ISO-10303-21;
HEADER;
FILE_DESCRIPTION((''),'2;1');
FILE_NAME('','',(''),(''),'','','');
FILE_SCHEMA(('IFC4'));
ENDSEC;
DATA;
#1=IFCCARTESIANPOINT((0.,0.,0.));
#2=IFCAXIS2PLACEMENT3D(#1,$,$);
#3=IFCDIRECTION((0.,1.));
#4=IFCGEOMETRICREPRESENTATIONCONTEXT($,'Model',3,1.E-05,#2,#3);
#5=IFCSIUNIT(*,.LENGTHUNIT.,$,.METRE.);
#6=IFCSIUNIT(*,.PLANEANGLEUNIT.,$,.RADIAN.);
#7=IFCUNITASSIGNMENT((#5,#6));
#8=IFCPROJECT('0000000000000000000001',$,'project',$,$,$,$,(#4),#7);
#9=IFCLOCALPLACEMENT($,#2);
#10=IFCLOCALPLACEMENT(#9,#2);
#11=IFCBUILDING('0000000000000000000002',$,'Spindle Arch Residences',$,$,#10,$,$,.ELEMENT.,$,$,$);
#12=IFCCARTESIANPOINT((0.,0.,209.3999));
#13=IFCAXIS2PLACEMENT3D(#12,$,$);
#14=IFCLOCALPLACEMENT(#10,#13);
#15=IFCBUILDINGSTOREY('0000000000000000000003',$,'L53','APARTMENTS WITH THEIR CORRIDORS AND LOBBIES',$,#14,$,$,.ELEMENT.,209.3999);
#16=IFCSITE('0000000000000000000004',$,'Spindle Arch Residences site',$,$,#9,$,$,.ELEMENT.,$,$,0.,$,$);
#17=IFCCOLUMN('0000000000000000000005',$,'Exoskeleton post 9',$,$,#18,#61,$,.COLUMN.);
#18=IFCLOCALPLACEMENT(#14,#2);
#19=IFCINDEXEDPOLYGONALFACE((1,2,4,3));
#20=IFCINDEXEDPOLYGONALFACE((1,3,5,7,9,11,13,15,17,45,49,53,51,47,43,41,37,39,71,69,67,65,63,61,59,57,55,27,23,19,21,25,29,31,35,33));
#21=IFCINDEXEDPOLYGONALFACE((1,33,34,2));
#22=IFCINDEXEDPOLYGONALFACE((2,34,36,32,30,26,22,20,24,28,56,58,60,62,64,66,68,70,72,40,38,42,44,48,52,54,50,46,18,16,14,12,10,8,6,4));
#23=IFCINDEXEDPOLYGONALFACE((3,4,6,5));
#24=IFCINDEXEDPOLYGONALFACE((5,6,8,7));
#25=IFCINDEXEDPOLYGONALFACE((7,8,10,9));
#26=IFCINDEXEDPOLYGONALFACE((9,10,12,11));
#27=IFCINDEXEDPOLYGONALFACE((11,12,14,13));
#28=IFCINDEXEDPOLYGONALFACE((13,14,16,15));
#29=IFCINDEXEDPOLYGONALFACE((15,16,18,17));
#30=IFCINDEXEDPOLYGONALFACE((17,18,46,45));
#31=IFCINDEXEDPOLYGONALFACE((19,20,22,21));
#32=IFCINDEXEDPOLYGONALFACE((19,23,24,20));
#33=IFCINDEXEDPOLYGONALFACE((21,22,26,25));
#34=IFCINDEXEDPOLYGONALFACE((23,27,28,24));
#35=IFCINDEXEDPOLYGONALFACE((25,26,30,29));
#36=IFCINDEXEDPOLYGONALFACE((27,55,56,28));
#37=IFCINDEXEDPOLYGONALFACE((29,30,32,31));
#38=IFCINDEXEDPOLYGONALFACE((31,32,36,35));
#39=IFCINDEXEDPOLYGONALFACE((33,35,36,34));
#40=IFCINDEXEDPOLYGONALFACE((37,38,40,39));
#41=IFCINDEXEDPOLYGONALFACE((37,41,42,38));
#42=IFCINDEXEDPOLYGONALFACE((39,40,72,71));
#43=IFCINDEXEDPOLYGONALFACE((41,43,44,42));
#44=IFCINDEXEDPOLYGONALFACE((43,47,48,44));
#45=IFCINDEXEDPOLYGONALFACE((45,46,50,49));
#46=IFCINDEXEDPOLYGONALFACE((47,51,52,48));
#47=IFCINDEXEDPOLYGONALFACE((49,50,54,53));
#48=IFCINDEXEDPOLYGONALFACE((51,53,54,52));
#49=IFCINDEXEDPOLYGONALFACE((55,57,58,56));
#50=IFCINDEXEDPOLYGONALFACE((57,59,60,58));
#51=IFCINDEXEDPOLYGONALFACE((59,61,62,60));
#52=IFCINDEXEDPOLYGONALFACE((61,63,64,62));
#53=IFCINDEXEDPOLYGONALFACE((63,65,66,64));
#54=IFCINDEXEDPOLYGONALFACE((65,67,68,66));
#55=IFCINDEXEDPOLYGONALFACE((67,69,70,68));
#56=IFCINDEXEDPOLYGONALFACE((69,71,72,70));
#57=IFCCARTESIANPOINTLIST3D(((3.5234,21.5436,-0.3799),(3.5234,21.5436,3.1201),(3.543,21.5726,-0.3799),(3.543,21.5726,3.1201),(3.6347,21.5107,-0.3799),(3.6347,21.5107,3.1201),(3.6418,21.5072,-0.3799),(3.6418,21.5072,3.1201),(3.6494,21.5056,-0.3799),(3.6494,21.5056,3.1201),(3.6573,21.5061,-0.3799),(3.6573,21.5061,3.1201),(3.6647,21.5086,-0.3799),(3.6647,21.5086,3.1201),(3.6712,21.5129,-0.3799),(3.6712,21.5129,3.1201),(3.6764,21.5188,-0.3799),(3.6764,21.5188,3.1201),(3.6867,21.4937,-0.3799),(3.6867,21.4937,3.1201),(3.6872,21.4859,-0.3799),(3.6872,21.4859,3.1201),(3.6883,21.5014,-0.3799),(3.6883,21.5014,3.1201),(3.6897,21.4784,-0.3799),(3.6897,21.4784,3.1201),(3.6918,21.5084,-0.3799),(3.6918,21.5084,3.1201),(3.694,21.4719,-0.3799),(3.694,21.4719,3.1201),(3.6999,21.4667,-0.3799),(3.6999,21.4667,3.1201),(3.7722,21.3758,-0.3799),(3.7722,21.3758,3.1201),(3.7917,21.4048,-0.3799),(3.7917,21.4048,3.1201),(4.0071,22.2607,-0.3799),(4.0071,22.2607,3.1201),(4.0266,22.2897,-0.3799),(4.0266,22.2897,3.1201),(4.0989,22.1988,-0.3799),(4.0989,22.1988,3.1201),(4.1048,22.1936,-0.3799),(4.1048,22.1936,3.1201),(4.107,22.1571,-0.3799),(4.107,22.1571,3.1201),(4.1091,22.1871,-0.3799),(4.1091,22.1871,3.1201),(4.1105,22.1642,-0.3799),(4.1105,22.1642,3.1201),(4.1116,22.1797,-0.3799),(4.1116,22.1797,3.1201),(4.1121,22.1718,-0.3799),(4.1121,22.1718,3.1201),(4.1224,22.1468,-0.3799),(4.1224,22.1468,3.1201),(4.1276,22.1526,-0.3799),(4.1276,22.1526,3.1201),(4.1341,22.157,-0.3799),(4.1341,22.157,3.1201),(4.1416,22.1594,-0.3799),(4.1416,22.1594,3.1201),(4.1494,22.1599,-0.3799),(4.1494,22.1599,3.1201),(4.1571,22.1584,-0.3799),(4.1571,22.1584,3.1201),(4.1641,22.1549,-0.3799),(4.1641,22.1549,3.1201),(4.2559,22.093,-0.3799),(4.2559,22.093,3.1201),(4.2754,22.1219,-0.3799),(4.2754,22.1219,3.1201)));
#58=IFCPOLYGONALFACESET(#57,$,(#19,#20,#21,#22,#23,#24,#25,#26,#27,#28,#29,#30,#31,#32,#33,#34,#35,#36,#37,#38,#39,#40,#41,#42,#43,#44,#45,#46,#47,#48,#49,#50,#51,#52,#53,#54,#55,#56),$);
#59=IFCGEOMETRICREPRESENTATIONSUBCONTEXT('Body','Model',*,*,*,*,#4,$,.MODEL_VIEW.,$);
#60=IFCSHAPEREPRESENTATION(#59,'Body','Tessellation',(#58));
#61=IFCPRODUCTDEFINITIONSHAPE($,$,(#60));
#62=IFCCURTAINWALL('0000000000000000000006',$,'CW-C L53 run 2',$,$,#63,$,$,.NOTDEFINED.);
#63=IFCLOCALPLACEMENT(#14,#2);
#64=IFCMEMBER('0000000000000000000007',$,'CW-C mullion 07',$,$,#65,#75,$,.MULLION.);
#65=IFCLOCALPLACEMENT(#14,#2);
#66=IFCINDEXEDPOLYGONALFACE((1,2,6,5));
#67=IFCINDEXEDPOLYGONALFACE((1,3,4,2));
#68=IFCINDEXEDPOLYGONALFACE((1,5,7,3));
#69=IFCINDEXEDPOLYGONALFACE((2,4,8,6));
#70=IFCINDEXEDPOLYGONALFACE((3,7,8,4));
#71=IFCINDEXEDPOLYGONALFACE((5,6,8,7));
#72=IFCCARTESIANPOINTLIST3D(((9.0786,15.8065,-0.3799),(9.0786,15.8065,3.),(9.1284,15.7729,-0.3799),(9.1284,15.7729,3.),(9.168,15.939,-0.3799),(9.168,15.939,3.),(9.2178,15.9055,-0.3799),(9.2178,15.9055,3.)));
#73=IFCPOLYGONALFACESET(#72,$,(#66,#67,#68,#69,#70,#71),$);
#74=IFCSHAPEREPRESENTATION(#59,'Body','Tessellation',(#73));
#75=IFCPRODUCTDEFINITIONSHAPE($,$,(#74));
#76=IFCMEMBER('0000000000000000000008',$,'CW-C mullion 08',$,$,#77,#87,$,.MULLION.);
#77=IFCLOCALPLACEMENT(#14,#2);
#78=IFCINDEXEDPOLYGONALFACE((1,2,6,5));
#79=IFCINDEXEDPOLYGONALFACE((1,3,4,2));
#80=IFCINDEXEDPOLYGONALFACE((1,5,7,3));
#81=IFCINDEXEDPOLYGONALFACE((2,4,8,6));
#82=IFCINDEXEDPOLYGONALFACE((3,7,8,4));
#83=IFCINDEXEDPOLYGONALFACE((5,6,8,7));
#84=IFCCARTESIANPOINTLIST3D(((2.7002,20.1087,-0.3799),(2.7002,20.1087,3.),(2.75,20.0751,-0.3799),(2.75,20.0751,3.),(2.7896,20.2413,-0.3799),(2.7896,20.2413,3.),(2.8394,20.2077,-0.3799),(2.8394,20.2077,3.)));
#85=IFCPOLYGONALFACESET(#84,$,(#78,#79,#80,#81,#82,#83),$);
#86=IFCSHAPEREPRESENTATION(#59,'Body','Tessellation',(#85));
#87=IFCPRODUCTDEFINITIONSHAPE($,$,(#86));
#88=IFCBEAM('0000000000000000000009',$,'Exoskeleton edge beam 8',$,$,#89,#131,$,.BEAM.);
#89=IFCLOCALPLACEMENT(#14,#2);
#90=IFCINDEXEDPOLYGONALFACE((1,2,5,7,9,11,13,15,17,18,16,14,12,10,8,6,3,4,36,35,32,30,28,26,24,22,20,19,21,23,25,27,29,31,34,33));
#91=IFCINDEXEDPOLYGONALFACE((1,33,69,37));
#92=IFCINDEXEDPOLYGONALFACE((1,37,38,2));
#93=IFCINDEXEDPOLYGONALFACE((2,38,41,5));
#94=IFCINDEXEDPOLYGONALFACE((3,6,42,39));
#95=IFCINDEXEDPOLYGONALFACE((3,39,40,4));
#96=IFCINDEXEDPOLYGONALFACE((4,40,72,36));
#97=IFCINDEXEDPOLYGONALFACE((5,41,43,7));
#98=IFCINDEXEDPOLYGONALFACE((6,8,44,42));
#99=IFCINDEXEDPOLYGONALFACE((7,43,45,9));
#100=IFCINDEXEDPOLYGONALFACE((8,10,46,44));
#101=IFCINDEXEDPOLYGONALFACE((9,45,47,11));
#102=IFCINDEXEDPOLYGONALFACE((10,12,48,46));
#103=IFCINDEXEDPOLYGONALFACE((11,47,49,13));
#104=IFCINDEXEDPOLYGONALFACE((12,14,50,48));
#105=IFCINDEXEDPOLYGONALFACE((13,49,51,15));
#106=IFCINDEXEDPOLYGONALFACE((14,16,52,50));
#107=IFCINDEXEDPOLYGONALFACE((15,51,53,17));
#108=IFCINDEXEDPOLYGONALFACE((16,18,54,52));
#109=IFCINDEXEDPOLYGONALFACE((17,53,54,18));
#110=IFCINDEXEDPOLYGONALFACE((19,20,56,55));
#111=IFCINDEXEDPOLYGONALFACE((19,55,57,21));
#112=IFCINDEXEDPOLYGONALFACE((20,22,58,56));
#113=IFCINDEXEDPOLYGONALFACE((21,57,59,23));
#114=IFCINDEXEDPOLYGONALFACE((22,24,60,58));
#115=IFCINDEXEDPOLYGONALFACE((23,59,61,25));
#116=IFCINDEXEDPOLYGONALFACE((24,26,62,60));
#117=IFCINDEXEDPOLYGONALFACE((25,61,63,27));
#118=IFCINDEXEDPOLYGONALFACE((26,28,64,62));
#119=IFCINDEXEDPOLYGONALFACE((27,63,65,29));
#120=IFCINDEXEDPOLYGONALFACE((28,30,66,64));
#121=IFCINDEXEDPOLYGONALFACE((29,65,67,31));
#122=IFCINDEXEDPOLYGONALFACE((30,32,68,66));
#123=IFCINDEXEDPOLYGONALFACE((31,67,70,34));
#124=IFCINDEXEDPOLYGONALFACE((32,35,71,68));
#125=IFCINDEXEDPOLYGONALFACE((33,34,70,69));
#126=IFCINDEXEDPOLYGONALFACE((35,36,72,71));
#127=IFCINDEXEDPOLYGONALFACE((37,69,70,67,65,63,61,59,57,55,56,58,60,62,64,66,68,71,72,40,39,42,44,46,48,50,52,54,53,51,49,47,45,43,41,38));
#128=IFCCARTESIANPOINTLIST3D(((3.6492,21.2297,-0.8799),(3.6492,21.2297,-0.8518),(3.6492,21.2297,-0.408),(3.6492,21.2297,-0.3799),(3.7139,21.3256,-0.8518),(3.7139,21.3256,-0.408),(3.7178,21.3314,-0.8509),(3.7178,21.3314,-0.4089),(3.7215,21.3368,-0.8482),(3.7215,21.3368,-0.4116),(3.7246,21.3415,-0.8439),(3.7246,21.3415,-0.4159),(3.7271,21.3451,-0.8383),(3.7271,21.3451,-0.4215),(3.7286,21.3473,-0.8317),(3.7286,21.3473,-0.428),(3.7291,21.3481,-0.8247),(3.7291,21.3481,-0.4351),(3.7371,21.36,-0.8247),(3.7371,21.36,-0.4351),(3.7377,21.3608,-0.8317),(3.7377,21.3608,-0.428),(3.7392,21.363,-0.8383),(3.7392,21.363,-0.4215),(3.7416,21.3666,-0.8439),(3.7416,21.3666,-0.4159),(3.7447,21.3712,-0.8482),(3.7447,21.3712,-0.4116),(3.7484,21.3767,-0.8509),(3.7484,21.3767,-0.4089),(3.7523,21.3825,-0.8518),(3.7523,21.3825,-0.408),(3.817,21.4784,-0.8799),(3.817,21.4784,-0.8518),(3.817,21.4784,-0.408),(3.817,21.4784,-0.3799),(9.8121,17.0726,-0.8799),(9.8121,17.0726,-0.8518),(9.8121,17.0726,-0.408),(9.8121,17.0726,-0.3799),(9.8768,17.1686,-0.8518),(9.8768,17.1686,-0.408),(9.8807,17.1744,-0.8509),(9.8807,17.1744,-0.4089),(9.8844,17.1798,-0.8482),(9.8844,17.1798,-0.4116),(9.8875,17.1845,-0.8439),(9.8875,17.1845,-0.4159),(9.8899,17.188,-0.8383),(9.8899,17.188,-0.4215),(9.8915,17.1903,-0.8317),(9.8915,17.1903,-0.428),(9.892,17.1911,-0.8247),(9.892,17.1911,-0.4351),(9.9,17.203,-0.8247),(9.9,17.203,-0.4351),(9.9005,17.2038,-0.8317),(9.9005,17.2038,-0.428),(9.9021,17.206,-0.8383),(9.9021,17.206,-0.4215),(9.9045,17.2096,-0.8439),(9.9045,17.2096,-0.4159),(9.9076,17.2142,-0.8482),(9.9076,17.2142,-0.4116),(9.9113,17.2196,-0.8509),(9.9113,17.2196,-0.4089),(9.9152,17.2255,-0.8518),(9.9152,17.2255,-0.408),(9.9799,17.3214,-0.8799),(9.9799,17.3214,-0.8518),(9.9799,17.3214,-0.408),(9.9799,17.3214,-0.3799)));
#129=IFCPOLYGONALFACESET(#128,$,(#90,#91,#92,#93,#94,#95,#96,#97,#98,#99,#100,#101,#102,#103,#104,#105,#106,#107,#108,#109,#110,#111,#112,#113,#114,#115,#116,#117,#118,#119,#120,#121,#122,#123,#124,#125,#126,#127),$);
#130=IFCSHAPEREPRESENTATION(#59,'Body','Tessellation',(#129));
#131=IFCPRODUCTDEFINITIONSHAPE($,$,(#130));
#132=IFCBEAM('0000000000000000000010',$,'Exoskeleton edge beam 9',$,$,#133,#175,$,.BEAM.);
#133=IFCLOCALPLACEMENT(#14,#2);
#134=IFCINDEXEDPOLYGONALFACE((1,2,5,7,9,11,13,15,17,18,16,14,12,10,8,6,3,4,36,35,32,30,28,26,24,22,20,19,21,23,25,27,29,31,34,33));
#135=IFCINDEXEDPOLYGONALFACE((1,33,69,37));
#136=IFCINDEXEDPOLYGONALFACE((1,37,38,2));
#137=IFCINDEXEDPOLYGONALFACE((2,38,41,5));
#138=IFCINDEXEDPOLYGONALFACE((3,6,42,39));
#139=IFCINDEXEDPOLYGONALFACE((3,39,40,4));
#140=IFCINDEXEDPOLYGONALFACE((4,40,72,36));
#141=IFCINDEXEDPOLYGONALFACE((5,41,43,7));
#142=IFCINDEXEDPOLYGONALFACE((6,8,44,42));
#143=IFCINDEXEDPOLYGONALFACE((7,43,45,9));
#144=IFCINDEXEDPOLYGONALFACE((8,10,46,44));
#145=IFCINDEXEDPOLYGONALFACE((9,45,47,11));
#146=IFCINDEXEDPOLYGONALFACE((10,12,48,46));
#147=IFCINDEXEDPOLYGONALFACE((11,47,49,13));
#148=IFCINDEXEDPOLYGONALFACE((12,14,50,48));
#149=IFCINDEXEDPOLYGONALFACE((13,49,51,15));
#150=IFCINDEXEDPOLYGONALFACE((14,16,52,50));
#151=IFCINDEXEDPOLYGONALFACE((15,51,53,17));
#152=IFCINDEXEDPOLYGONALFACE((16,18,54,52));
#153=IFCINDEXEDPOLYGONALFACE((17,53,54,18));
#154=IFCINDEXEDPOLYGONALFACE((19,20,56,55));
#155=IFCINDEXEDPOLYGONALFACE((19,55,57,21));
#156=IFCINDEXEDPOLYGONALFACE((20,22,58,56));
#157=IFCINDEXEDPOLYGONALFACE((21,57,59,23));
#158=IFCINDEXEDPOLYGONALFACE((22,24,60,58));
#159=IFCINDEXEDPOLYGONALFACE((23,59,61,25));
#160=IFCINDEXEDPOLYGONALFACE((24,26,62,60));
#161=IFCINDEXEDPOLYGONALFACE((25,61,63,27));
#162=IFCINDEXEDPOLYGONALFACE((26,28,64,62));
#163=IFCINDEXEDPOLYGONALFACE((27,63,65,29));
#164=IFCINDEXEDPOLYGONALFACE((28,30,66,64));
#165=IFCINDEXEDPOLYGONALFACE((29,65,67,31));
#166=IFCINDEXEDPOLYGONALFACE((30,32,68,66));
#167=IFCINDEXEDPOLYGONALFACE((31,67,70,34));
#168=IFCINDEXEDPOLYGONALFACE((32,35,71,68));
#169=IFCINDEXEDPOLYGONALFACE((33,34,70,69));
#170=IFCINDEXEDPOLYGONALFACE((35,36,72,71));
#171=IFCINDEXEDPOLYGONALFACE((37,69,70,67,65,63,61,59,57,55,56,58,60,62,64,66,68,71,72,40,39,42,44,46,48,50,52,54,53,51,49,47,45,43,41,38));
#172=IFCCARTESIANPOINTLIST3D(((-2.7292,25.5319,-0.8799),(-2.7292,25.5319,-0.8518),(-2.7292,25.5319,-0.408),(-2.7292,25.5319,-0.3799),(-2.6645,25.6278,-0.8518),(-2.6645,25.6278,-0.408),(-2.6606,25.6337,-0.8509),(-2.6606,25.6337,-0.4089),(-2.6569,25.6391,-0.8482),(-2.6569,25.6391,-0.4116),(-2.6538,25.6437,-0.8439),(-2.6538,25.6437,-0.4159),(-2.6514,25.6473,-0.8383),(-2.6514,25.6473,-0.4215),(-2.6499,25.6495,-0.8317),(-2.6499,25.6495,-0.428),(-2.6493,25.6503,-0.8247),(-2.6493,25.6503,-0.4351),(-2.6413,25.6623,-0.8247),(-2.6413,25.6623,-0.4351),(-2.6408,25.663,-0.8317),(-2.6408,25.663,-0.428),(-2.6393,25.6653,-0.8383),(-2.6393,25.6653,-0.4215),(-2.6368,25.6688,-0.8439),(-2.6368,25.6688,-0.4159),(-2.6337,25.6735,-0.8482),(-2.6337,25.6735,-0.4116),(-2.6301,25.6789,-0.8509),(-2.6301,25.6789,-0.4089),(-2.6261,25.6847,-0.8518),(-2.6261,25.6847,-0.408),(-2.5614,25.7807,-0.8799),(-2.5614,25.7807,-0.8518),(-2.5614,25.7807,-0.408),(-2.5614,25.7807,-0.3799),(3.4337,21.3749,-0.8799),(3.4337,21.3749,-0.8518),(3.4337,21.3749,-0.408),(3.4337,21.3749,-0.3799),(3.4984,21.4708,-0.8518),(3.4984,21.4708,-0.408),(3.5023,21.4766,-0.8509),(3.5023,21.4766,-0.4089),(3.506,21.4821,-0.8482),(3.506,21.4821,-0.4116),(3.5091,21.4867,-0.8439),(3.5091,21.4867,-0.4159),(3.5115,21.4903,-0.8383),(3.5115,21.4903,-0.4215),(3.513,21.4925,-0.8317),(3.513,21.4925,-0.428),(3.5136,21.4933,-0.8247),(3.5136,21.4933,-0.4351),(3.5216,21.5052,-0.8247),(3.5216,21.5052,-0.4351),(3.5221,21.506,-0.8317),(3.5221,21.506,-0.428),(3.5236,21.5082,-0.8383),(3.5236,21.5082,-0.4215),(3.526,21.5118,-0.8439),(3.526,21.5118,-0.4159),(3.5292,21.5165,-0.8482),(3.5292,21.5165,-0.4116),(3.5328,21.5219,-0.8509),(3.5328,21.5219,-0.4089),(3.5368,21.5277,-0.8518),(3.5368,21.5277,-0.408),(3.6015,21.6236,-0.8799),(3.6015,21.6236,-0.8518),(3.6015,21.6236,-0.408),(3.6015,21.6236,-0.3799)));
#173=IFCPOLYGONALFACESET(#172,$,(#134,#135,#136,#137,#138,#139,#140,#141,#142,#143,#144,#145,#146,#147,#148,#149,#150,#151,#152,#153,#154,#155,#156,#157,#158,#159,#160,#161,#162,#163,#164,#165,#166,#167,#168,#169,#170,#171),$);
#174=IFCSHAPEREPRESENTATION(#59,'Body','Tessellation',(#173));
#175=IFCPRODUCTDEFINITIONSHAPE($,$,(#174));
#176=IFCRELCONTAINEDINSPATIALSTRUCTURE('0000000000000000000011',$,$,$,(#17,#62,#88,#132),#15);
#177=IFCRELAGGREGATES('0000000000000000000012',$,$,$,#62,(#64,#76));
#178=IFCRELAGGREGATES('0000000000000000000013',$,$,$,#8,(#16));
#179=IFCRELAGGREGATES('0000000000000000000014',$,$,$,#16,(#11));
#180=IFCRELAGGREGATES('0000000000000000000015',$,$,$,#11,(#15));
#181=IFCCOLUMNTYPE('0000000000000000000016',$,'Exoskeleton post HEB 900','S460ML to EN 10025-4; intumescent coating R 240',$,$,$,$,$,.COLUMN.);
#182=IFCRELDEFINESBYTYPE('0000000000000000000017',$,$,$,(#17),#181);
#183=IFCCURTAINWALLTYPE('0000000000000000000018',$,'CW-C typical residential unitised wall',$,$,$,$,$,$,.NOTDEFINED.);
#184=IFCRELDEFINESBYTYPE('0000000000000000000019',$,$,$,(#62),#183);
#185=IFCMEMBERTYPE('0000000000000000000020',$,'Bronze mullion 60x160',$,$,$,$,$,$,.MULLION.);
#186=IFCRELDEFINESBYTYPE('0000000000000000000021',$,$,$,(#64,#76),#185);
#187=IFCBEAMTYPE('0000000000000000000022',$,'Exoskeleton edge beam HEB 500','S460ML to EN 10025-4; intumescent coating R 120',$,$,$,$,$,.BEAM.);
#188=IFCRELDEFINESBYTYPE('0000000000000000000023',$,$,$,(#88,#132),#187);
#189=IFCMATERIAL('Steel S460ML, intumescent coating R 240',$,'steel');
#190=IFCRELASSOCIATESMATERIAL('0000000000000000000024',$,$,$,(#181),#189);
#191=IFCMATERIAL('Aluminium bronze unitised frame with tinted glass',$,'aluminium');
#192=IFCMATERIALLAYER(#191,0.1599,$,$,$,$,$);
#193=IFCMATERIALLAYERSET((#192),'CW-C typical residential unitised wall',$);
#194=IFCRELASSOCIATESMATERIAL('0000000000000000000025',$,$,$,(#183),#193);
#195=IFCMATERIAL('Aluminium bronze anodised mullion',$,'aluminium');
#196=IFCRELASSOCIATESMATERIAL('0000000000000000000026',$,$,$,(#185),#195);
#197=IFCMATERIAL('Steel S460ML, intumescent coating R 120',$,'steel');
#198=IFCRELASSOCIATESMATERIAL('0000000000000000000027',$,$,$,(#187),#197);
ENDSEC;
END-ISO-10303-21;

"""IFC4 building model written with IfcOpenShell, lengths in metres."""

from ifc_helpers import new_model, si_unit, direction, frame, origin, origin_2d, place, context, subcontext, project, spatial, rectangle, i_section, extrude, material, layer, layer_set, material_profile, profile_set, type_object, element, aggregate, save


model = new_model("IFC4")

# Units and contexts
model_context = context("Model", 3, precision=1e-05, world=origin(), true_north=direction((0.0, 1.0)))
body_context = subcontext(model_context, "Body", "Model", "MODEL_VIEW")
ifc_project = project(units=[si_unit("LENGTHUNIT", "METRE"), si_unit("PLANEANGLEUNIT", "RADIAN")], contexts=[model_context])

# Site, building, storey
site_placement = place(None, origin())
site = spatial("IfcSite", under=ifc_project, at=site_placement, Name="Spindle Arch Residences site", CompositionType="ELEMENT", RefElevation=0.0)
building_placement = place(site_placement, origin())
building = spatial("IfcBuilding", under=site, at=building_placement, Name="Spindle Arch Residences", CompositionType="ELEMENT")
storey_placement = place(building_placement, frame((0.0, 0.0, 209.3999)))
storey = spatial("IfcBuildingStorey", under=building, at=storey_placement, Name="L53", Description="APARTMENTS WITH THEIR CORRIDORS AND LOBBIES", CompositionType="ELEMENT", Elevation=209.3999)

# Column
ifc_material_1 = material(Name="Steel S460ML, intumescent coating R 240", Category="steel")
ifc_material_profile_1 = material_profile(ifc_material_1, i_section(OverallWidth=0.3, OverallDepth=0.8999, WebThickness=0.0186, FlangeThickness=0.0349, FilletRadius=0.03, at=origin_2d()), Name="HEB 900")
ifc_profile_set_1 = profile_set([ifc_material_profile_1], Name="Steel S460ML, intumescent coating R 240")
column_type = type_object("IfcColumnType", Name="Exoskeleton post HEB 900", Description="S460ML to EN 10025-4; intumescent coating R 240", PredefinedType="COLUMN", material=ifc_profile_set_1)
column_placement = place(storey_placement, frame((3.8994, 21.8328, -0.3799), z_axis=(0.0, 0.0, 1.0), x_axis=(0.829038, -0.559193, 0.0)))
element("IfcColumn", 1, at=column_placement, inside=storey, type_object=column_type, Name="Exoskeleton post 9", PredefinedType="COLUMN", context=body_context, shape_type="SweptSolid", body=[
    extrude(i_section(OverallWidth=0.3, OverallDepth=0.8999, WebThickness=0.0186, FlangeThickness=0.0349, FilletRadius=0.03, at=origin_2d()), origin(), (0.0, 0.0, 1.0), 3.5),
])

# Curtain wall, members
ifc_material_2 = material(Name="Aluminium bronze unitised frame with tinted glass", Category="aluminium")
ifc_layer_1 = layer(ifc_material_2, 0.1599)
ifc_layer_set_1 = layer_set([ifc_layer_1], Name="CW-C typical residential unitised wall")
curtain_wall_type = type_object("IfcCurtainWallType", Name="CW-C typical residential unitised wall", PredefinedType="NOTDEFINED", material=ifc_layer_set_1)
curtain_wall_placement = place(storey_placement, origin())
curtain_wall = element("IfcCurtainWall", 2, at=curtain_wall_placement, inside=storey, type_object=curtain_wall_type, Name="CW-C L53 run 2", PredefinedType="NOTDEFINED")
ifc_material_3 = material(Name="Aluminium bronze anodised mullion", Category="aluminium")
ifc_material_profile_2 = material_profile(ifc_material_3, rectangle(XDim=0.1599, YDim=0.0601, at=origin_2d()), Name="MU 60x160")
ifc_profile_set_2 = profile_set([ifc_material_profile_2], Name="Aluminium bronze anodised mullion")
member_type = type_object("IfcMemberType", Name="Bronze mullion 60x160", PredefinedType="MULLION", material=ifc_profile_set_2)
member_1_placement = place(storey_placement, frame((9.1482, 15.856, -0.3799), z_axis=(0.0, 0.0, 1.0), x_axis=(-0.559193, -0.829038, 0.0)))
member_1 = element("IfcMember", 3, at=member_1_placement, type_object=member_type, Name="CW-C mullion 07", PredefinedType="MULLION", context=body_context, shape_type="SweptSolid", body=[
    extrude(rectangle(XDim=0.1599, YDim=0.0601, at=origin_2d()), origin(), (0.0, 0.0, 1.0), 3.3799),
])
member_2_placement = place(storey_placement, frame((2.7698, 20.1582, -0.3799), z_axis=(0.0, 0.0, 1.0), x_axis=(-0.559193, -0.829038, 0.0)))
member_2 = element("IfcMember", 4, at=member_2_placement, type_object=member_type, Name="CW-C mullion 08", PredefinedType="MULLION", context=body_context, shape_type="SweptSolid", body=[
    extrude(rectangle(XDim=0.1599, YDim=0.0601, at=origin_2d()), origin(), (0.0, 0.0, 1.0), 3.3799),
])

# Beams
ifc_material_4 = material(Name="Steel S460ML, intumescent coating R 120", Category="steel")
ifc_material_profile_3 = material_profile(ifc_material_4, i_section(OverallWidth=0.3, OverallDepth=0.5, WebThickness=0.0144, FlangeThickness=0.0281, FilletRadius=0.0271, at=origin_2d()), Name="HEB 500")
ifc_profile_set_3 = profile_set([ifc_material_profile_3], Name="Steel S460ML, intumescent coating R 120")
beam_type_1 = type_object("IfcBeamType", Name="Exoskeleton edge beam HEB 500", Description="S460ML to EN 10025-4; intumescent coating R 120", PredefinedType="BEAM", material=ifc_profile_set_3)
for number, where, z_axis, x_axis, name in (
    (5, (9.896, 17.197, -0.6299), (-0.829032, 0.559202, 0.0), (-0.559202, -0.829032, 0.0), "Exoskeleton edge beam 8"),
    (6, (3.5176, 21.4993, -0.6299), (-0.829032, 0.559202, 0.0), (-0.559202, -0.829032, 0.0), "Exoskeleton edge beam 9"),
):
    element("IfcBeam", number, at=place(storey_placement, frame(where, z_axis=z_axis, x_axis=x_axis)), inside=storey, type_object=beam_type_1, Name=name, PredefinedType="BEAM", context=body_context, shape_type="SweptSolid", body=[
        extrude(i_section(OverallWidth=0.3, OverallDepth=0.5, WebThickness=0.0144, FlangeThickness=0.0281, FilletRadius=0.0271, at=origin_2d()), origin(), (0.0, 0.0, 1.0), 7.4338),
    ])

aggregate(curtain_wall, [member_1, member_2])

save(model, "model.ifc")
